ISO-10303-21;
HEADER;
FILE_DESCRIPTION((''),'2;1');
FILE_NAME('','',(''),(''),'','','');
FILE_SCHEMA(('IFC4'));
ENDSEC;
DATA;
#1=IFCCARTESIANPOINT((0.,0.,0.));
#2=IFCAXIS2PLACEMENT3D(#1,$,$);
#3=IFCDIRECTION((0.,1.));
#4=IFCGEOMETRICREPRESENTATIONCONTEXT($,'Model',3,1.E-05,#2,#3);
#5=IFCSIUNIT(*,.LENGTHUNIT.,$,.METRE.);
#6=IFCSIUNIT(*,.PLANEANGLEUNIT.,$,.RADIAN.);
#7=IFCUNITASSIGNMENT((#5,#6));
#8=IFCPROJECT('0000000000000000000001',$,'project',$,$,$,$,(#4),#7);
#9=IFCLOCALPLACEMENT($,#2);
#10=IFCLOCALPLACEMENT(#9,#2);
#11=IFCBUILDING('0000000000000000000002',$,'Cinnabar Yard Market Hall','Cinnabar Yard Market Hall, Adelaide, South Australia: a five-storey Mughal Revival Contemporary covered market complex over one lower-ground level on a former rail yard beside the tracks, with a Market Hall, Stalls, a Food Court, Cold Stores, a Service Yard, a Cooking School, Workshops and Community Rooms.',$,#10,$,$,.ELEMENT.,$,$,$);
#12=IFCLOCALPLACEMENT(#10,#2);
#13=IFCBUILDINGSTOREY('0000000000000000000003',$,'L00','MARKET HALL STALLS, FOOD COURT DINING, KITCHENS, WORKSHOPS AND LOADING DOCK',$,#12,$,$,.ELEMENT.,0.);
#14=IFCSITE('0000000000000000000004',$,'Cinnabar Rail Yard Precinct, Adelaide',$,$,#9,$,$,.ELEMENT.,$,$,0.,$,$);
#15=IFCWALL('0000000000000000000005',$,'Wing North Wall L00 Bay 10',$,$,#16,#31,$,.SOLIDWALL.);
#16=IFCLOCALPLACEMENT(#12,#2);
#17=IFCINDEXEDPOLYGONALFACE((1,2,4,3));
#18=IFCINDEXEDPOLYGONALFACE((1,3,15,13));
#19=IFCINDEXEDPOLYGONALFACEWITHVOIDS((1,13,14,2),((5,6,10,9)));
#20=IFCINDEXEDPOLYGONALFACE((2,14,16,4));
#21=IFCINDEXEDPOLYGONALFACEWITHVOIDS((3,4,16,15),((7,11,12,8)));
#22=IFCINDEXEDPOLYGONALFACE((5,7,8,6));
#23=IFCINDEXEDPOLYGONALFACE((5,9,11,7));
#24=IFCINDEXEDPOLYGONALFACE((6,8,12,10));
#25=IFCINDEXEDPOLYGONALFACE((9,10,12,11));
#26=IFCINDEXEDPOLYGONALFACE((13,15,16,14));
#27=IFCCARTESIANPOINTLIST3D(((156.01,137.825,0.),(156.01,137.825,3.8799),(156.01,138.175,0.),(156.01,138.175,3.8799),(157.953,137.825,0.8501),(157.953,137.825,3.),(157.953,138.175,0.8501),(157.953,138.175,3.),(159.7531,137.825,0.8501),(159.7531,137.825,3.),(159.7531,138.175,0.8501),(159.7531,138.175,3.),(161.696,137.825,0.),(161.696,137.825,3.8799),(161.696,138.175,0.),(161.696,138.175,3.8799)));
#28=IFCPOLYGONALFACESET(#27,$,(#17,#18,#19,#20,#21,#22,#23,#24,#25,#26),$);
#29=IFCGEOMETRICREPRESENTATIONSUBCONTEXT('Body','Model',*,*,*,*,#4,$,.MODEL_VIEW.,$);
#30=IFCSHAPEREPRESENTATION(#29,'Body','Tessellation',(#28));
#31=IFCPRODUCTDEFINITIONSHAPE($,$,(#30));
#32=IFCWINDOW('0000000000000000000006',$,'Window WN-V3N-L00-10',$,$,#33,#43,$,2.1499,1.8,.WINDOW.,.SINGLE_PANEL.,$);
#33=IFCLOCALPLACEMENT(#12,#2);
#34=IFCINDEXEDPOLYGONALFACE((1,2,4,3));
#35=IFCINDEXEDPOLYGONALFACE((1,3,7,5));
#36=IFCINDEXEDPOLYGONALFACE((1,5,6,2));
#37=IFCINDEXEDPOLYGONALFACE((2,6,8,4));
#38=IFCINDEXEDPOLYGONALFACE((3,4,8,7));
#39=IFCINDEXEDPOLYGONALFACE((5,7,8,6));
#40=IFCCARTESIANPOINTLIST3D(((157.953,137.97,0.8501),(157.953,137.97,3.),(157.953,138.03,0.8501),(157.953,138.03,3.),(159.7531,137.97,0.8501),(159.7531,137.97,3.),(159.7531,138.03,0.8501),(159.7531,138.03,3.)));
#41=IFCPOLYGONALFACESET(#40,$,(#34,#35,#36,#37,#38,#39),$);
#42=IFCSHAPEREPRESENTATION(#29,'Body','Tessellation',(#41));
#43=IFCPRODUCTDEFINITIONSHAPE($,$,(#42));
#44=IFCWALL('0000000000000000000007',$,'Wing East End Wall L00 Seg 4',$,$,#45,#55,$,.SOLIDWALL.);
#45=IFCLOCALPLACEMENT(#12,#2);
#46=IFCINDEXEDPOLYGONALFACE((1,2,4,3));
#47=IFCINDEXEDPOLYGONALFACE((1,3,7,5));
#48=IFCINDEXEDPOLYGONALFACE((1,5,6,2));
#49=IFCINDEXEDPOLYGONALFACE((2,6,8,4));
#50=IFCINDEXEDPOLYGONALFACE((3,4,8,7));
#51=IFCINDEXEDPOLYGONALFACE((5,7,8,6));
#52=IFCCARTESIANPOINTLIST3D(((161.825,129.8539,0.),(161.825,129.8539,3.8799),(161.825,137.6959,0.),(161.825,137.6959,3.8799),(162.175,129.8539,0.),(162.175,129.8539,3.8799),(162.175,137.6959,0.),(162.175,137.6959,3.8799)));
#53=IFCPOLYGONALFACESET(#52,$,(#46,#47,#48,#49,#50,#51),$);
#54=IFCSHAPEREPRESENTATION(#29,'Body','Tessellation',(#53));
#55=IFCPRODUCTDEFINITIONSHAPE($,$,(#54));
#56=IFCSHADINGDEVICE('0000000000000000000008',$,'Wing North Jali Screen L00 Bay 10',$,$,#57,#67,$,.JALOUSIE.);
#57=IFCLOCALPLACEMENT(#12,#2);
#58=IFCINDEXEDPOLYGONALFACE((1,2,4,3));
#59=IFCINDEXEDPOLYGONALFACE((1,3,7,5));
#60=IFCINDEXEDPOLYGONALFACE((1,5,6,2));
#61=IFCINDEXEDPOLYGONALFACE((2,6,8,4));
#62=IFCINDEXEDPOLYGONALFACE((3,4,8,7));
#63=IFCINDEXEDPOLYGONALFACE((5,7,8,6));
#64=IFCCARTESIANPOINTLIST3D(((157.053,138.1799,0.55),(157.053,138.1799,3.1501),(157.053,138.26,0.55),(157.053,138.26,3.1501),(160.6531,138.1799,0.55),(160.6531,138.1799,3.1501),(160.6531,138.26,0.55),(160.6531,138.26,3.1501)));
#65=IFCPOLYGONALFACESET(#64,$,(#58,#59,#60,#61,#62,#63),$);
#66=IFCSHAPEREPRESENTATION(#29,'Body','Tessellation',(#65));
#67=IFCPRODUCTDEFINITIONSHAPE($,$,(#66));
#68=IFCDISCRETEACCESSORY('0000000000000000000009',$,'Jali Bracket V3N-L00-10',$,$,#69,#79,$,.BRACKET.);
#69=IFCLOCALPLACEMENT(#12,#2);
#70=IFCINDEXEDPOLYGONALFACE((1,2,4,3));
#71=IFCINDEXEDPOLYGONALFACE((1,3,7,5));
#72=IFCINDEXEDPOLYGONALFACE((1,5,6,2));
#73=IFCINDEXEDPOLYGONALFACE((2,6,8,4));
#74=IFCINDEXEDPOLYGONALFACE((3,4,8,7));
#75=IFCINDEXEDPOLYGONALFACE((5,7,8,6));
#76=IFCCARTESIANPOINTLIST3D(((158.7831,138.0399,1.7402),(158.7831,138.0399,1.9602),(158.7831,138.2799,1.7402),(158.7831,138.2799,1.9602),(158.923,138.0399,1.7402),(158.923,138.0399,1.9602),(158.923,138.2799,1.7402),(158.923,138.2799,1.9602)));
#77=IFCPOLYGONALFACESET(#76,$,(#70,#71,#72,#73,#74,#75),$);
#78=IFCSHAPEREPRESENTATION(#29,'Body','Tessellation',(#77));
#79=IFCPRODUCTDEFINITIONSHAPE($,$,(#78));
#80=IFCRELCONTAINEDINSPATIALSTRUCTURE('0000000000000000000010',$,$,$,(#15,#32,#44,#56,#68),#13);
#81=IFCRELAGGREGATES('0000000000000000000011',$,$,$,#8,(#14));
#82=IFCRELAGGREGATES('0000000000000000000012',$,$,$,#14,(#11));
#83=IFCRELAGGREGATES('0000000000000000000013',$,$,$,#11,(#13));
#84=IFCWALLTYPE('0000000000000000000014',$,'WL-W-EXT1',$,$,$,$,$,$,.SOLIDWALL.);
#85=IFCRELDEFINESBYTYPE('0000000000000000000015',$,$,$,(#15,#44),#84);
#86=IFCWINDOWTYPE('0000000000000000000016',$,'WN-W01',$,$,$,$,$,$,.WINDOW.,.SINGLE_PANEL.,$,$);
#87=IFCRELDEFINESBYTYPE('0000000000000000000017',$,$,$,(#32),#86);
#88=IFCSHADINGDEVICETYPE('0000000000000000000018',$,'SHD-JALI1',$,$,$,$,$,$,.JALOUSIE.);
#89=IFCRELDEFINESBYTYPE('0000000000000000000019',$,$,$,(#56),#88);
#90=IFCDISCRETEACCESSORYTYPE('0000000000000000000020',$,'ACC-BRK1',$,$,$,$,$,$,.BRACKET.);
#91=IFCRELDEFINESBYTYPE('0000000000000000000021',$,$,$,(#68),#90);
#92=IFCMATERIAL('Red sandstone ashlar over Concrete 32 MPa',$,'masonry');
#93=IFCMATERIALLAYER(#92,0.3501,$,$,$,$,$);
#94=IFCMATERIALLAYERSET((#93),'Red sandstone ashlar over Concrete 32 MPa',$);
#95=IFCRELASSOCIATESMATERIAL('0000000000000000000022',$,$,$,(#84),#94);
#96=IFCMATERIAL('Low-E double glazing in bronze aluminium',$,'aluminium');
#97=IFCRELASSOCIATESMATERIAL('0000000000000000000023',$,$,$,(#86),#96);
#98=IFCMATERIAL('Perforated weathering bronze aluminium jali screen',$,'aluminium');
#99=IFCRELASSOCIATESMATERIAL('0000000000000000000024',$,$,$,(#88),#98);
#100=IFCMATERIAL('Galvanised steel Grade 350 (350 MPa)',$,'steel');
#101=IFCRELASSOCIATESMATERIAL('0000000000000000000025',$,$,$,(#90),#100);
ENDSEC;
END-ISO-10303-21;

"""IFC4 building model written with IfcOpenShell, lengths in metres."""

from ifc_helpers import new_model, si_unit, direction, frame, frame_2d, origin, origin_2d_with_axis, place, context, subcontext, project, spatial, rectangle, extrude, material, layer, layer_set, type_object, element, fill, save


model = new_model("IFC4")

# Units and contexts
model_context = context("Model", 3, precision=1e-05, world=origin(), true_north=direction((0.0, 1.0)))
body_context = subcontext(model_context, "Body", "Model", "MODEL_VIEW")
ifc_project = project(units=[si_unit("LENGTHUNIT", "METRE"), si_unit("PLANEANGLEUNIT", "RADIAN")], contexts=[model_context])

# Site, building, storey
site_placement = place(None, origin())
site = spatial("IfcSite", under=ifc_project, at=site_placement, Name="Cinnabar Rail Yard Precinct, Adelaide", CompositionType="ELEMENT", RefElevation=0.0)
building_placement = place(site_placement, origin())
building = spatial("IfcBuilding", under=site, at=building_placement, Name="Cinnabar Yard Market Hall", Description="Cinnabar Yard Market Hall, Adelaide, South Australia: a five-storey Mughal Revival Contemporary covered market complex over one lower-ground level on a former rail yard beside the tracks, with a Market Hall, Stalls, a Food Court, Cold Stores, a Service Yard, a Cooking School, Workshops and Community Rooms.", CompositionType="ELEMENT")
storey_placement = place(building_placement, origin())
storey = spatial("IfcBuildingStorey", under=building, at=storey_placement, Name="L00", Description="MARKET HALL STALLS, FOOD COURT DINING, KITCHENS, WORKSHOPS AND LOADING DOCK", CompositionType="ELEMENT", Elevation=0.0)

# Shared definitions
ifc_material_1 = material(Name="Red sandstone ashlar over Concrete 32 MPa", Category="masonry")
ifc_layer_1 = layer(ifc_material_1, 0.3501)
ifc_layer_set_1 = layer_set([ifc_layer_1], Name="Red sandstone ashlar over Concrete 32 MPa")
wall_type_1 = type_object("IfcWallType", Name="WL-W-EXT1", PredefinedType="SOLIDWALL", material=ifc_layer_set_1)

# Wall, opening, window
wall_1_placement = place(storey_placement, frame((161.696, 138.0, 0.0), z_axis=(0.0, 0.0, 1.0), x_axis=(-1.0, 0.0, 0.0)))
wall_1 = element("IfcWall", 1, at=wall_1_placement, inside=storey, type_object=wall_type_1, Name="Wing North Wall L00 Bay 10", PredefinedType="SOLIDWALL", context=body_context, shape_type="SweptSolid", body=[
    extrude(rectangle(XDim=5.686, YDim=0.3501, at=frame_2d((2.843, 0.0), x_axis=(1.0, 0.0))), origin(), (0.0, 0.0, 1.0), 3.8799),
])
opening_1_placement = place(wall_1_placement, frame((1.9431, 0.0, 0.8501)))
opening_1 = element("IfcOpeningElement", 2, at=opening_1_placement, cuts=wall_1, PredefinedType="OPENING", context=body_context, shape_type="SweptSolid", body=[
    extrude(rectangle(XDim=1.8, YDim=2.1499, at=frame_2d((0.8999, 1.075), x_axis=(1.0, 0.0))), frame((0.0, 0.1851, 0.0), z_axis=(0.0, -1.0, 0.0), x_axis=(1.0, 0.0, 0.0)), (0.0, 0.0, 1.0), 0.3701),
])
ifc_material_2 = material(Name="Low-E double glazing in bronze aluminium", Category="aluminium")
window_type = type_object("IfcWindowType", Name="WN-W01", PartitioningType="SINGLE_PANEL", PredefinedType="WINDOW", material=ifc_material_2)
window_placement = place(opening_1_placement, origin())
window = element("IfcWindow", 3, at=window_placement, inside=storey, type_object=window_type, Name="Window WN-V3N-L00-10", OverallHeight=2.1499, OverallWidth=1.8, PartitioningType="SINGLE_PANEL", PredefinedType="WINDOW", context=body_context, shape_type="SweptSolid", body=[
    extrude(rectangle(XDim=1.8, YDim=2.1499, at=frame_2d((0.8999, 1.075), x_axis=(1.0, 0.0))), frame((0.0, 0.03, 0.0), z_axis=(0.0, -1.0, 0.0), x_axis=(1.0, 0.0, 0.0)), (0.0, 0.0, 1.0), 0.0601),
])
fill(opening_1, window)

# Wall
wall_2_placement = place(storey_placement, frame((162.0, 129.854, 0.0), z_axis=(0.0, 0.0, 1.0), x_axis=(0.0, 1.0, 0.0)))
element("IfcWall", 4, at=wall_2_placement, inside=storey, type_object=wall_type_1, Name="Wing East End Wall L00 Seg 4", PredefinedType="SOLIDWALL", context=body_context, shape_type="SweptSolid", body=[
    extrude(rectangle(XDim=7.842, YDim=0.3501, at=frame_2d((3.9209, 0.0), x_axis=(1.0, 0.0))), origin(), (0.0, 0.0, 1.0), 3.8799),
])

# Shading device
ifc_material_3 = material(Name="Perforated weathering bronze aluminium jali screen", Category="aluminium")
shading_device_type = type_object("IfcShadingDeviceType", Name="SHD-JALI1", PredefinedType="JALOUSIE", material=ifc_material_3)
shading_device_placement = place(storey_placement, frame((158.853, 138.22, 0.55), z_axis=(0.0, 0.0, 1.0), x_axis=(1.0, 0.0, 0.0)))
element("IfcShadingDevice", 5, at=shading_device_placement, inside=storey, type_object=shading_device_type, Name="Wing North Jali Screen L00 Bay 10", PredefinedType="JALOUSIE", context=body_context, shape_type="SweptSolid", body=[
    extrude(rectangle(XDim=3.6001, YDim=0.0801, at=origin_2d_with_axis()), origin(), (0.0, 0.0, 1.0), 2.6001),
])

# Discrete accessory
ifc_material_4 = material(Name="Galvanised steel Grade 350 (350 MPa)", Category="steel")
discrete_accessory_type = type_object("IfcDiscreteAccessoryType", Name="ACC-BRK1", PredefinedType="BRACKET", material=ifc_material_4)
discrete_accessory_placement = place(storey_placement, frame((158.853, 138.1599, 1.7402), z_axis=(0.0, 0.0, 1.0), x_axis=(1.0, 0.0, 0.0)))
element("IfcDiscreteAccessory", 6, at=discrete_accessory_placement, inside=storey, type_object=discrete_accessory_type, Name="Jali Bracket V3N-L00-10", PredefinedType="BRACKET", context=body_context, shape_type="SweptSolid", body=[
    extrude(rectangle(XDim=0.1399, YDim=0.24, at=origin_2d_with_axis()), origin(), (0.0, 0.0, 1.0), 0.22),
])

save(model, "model.ifc")
